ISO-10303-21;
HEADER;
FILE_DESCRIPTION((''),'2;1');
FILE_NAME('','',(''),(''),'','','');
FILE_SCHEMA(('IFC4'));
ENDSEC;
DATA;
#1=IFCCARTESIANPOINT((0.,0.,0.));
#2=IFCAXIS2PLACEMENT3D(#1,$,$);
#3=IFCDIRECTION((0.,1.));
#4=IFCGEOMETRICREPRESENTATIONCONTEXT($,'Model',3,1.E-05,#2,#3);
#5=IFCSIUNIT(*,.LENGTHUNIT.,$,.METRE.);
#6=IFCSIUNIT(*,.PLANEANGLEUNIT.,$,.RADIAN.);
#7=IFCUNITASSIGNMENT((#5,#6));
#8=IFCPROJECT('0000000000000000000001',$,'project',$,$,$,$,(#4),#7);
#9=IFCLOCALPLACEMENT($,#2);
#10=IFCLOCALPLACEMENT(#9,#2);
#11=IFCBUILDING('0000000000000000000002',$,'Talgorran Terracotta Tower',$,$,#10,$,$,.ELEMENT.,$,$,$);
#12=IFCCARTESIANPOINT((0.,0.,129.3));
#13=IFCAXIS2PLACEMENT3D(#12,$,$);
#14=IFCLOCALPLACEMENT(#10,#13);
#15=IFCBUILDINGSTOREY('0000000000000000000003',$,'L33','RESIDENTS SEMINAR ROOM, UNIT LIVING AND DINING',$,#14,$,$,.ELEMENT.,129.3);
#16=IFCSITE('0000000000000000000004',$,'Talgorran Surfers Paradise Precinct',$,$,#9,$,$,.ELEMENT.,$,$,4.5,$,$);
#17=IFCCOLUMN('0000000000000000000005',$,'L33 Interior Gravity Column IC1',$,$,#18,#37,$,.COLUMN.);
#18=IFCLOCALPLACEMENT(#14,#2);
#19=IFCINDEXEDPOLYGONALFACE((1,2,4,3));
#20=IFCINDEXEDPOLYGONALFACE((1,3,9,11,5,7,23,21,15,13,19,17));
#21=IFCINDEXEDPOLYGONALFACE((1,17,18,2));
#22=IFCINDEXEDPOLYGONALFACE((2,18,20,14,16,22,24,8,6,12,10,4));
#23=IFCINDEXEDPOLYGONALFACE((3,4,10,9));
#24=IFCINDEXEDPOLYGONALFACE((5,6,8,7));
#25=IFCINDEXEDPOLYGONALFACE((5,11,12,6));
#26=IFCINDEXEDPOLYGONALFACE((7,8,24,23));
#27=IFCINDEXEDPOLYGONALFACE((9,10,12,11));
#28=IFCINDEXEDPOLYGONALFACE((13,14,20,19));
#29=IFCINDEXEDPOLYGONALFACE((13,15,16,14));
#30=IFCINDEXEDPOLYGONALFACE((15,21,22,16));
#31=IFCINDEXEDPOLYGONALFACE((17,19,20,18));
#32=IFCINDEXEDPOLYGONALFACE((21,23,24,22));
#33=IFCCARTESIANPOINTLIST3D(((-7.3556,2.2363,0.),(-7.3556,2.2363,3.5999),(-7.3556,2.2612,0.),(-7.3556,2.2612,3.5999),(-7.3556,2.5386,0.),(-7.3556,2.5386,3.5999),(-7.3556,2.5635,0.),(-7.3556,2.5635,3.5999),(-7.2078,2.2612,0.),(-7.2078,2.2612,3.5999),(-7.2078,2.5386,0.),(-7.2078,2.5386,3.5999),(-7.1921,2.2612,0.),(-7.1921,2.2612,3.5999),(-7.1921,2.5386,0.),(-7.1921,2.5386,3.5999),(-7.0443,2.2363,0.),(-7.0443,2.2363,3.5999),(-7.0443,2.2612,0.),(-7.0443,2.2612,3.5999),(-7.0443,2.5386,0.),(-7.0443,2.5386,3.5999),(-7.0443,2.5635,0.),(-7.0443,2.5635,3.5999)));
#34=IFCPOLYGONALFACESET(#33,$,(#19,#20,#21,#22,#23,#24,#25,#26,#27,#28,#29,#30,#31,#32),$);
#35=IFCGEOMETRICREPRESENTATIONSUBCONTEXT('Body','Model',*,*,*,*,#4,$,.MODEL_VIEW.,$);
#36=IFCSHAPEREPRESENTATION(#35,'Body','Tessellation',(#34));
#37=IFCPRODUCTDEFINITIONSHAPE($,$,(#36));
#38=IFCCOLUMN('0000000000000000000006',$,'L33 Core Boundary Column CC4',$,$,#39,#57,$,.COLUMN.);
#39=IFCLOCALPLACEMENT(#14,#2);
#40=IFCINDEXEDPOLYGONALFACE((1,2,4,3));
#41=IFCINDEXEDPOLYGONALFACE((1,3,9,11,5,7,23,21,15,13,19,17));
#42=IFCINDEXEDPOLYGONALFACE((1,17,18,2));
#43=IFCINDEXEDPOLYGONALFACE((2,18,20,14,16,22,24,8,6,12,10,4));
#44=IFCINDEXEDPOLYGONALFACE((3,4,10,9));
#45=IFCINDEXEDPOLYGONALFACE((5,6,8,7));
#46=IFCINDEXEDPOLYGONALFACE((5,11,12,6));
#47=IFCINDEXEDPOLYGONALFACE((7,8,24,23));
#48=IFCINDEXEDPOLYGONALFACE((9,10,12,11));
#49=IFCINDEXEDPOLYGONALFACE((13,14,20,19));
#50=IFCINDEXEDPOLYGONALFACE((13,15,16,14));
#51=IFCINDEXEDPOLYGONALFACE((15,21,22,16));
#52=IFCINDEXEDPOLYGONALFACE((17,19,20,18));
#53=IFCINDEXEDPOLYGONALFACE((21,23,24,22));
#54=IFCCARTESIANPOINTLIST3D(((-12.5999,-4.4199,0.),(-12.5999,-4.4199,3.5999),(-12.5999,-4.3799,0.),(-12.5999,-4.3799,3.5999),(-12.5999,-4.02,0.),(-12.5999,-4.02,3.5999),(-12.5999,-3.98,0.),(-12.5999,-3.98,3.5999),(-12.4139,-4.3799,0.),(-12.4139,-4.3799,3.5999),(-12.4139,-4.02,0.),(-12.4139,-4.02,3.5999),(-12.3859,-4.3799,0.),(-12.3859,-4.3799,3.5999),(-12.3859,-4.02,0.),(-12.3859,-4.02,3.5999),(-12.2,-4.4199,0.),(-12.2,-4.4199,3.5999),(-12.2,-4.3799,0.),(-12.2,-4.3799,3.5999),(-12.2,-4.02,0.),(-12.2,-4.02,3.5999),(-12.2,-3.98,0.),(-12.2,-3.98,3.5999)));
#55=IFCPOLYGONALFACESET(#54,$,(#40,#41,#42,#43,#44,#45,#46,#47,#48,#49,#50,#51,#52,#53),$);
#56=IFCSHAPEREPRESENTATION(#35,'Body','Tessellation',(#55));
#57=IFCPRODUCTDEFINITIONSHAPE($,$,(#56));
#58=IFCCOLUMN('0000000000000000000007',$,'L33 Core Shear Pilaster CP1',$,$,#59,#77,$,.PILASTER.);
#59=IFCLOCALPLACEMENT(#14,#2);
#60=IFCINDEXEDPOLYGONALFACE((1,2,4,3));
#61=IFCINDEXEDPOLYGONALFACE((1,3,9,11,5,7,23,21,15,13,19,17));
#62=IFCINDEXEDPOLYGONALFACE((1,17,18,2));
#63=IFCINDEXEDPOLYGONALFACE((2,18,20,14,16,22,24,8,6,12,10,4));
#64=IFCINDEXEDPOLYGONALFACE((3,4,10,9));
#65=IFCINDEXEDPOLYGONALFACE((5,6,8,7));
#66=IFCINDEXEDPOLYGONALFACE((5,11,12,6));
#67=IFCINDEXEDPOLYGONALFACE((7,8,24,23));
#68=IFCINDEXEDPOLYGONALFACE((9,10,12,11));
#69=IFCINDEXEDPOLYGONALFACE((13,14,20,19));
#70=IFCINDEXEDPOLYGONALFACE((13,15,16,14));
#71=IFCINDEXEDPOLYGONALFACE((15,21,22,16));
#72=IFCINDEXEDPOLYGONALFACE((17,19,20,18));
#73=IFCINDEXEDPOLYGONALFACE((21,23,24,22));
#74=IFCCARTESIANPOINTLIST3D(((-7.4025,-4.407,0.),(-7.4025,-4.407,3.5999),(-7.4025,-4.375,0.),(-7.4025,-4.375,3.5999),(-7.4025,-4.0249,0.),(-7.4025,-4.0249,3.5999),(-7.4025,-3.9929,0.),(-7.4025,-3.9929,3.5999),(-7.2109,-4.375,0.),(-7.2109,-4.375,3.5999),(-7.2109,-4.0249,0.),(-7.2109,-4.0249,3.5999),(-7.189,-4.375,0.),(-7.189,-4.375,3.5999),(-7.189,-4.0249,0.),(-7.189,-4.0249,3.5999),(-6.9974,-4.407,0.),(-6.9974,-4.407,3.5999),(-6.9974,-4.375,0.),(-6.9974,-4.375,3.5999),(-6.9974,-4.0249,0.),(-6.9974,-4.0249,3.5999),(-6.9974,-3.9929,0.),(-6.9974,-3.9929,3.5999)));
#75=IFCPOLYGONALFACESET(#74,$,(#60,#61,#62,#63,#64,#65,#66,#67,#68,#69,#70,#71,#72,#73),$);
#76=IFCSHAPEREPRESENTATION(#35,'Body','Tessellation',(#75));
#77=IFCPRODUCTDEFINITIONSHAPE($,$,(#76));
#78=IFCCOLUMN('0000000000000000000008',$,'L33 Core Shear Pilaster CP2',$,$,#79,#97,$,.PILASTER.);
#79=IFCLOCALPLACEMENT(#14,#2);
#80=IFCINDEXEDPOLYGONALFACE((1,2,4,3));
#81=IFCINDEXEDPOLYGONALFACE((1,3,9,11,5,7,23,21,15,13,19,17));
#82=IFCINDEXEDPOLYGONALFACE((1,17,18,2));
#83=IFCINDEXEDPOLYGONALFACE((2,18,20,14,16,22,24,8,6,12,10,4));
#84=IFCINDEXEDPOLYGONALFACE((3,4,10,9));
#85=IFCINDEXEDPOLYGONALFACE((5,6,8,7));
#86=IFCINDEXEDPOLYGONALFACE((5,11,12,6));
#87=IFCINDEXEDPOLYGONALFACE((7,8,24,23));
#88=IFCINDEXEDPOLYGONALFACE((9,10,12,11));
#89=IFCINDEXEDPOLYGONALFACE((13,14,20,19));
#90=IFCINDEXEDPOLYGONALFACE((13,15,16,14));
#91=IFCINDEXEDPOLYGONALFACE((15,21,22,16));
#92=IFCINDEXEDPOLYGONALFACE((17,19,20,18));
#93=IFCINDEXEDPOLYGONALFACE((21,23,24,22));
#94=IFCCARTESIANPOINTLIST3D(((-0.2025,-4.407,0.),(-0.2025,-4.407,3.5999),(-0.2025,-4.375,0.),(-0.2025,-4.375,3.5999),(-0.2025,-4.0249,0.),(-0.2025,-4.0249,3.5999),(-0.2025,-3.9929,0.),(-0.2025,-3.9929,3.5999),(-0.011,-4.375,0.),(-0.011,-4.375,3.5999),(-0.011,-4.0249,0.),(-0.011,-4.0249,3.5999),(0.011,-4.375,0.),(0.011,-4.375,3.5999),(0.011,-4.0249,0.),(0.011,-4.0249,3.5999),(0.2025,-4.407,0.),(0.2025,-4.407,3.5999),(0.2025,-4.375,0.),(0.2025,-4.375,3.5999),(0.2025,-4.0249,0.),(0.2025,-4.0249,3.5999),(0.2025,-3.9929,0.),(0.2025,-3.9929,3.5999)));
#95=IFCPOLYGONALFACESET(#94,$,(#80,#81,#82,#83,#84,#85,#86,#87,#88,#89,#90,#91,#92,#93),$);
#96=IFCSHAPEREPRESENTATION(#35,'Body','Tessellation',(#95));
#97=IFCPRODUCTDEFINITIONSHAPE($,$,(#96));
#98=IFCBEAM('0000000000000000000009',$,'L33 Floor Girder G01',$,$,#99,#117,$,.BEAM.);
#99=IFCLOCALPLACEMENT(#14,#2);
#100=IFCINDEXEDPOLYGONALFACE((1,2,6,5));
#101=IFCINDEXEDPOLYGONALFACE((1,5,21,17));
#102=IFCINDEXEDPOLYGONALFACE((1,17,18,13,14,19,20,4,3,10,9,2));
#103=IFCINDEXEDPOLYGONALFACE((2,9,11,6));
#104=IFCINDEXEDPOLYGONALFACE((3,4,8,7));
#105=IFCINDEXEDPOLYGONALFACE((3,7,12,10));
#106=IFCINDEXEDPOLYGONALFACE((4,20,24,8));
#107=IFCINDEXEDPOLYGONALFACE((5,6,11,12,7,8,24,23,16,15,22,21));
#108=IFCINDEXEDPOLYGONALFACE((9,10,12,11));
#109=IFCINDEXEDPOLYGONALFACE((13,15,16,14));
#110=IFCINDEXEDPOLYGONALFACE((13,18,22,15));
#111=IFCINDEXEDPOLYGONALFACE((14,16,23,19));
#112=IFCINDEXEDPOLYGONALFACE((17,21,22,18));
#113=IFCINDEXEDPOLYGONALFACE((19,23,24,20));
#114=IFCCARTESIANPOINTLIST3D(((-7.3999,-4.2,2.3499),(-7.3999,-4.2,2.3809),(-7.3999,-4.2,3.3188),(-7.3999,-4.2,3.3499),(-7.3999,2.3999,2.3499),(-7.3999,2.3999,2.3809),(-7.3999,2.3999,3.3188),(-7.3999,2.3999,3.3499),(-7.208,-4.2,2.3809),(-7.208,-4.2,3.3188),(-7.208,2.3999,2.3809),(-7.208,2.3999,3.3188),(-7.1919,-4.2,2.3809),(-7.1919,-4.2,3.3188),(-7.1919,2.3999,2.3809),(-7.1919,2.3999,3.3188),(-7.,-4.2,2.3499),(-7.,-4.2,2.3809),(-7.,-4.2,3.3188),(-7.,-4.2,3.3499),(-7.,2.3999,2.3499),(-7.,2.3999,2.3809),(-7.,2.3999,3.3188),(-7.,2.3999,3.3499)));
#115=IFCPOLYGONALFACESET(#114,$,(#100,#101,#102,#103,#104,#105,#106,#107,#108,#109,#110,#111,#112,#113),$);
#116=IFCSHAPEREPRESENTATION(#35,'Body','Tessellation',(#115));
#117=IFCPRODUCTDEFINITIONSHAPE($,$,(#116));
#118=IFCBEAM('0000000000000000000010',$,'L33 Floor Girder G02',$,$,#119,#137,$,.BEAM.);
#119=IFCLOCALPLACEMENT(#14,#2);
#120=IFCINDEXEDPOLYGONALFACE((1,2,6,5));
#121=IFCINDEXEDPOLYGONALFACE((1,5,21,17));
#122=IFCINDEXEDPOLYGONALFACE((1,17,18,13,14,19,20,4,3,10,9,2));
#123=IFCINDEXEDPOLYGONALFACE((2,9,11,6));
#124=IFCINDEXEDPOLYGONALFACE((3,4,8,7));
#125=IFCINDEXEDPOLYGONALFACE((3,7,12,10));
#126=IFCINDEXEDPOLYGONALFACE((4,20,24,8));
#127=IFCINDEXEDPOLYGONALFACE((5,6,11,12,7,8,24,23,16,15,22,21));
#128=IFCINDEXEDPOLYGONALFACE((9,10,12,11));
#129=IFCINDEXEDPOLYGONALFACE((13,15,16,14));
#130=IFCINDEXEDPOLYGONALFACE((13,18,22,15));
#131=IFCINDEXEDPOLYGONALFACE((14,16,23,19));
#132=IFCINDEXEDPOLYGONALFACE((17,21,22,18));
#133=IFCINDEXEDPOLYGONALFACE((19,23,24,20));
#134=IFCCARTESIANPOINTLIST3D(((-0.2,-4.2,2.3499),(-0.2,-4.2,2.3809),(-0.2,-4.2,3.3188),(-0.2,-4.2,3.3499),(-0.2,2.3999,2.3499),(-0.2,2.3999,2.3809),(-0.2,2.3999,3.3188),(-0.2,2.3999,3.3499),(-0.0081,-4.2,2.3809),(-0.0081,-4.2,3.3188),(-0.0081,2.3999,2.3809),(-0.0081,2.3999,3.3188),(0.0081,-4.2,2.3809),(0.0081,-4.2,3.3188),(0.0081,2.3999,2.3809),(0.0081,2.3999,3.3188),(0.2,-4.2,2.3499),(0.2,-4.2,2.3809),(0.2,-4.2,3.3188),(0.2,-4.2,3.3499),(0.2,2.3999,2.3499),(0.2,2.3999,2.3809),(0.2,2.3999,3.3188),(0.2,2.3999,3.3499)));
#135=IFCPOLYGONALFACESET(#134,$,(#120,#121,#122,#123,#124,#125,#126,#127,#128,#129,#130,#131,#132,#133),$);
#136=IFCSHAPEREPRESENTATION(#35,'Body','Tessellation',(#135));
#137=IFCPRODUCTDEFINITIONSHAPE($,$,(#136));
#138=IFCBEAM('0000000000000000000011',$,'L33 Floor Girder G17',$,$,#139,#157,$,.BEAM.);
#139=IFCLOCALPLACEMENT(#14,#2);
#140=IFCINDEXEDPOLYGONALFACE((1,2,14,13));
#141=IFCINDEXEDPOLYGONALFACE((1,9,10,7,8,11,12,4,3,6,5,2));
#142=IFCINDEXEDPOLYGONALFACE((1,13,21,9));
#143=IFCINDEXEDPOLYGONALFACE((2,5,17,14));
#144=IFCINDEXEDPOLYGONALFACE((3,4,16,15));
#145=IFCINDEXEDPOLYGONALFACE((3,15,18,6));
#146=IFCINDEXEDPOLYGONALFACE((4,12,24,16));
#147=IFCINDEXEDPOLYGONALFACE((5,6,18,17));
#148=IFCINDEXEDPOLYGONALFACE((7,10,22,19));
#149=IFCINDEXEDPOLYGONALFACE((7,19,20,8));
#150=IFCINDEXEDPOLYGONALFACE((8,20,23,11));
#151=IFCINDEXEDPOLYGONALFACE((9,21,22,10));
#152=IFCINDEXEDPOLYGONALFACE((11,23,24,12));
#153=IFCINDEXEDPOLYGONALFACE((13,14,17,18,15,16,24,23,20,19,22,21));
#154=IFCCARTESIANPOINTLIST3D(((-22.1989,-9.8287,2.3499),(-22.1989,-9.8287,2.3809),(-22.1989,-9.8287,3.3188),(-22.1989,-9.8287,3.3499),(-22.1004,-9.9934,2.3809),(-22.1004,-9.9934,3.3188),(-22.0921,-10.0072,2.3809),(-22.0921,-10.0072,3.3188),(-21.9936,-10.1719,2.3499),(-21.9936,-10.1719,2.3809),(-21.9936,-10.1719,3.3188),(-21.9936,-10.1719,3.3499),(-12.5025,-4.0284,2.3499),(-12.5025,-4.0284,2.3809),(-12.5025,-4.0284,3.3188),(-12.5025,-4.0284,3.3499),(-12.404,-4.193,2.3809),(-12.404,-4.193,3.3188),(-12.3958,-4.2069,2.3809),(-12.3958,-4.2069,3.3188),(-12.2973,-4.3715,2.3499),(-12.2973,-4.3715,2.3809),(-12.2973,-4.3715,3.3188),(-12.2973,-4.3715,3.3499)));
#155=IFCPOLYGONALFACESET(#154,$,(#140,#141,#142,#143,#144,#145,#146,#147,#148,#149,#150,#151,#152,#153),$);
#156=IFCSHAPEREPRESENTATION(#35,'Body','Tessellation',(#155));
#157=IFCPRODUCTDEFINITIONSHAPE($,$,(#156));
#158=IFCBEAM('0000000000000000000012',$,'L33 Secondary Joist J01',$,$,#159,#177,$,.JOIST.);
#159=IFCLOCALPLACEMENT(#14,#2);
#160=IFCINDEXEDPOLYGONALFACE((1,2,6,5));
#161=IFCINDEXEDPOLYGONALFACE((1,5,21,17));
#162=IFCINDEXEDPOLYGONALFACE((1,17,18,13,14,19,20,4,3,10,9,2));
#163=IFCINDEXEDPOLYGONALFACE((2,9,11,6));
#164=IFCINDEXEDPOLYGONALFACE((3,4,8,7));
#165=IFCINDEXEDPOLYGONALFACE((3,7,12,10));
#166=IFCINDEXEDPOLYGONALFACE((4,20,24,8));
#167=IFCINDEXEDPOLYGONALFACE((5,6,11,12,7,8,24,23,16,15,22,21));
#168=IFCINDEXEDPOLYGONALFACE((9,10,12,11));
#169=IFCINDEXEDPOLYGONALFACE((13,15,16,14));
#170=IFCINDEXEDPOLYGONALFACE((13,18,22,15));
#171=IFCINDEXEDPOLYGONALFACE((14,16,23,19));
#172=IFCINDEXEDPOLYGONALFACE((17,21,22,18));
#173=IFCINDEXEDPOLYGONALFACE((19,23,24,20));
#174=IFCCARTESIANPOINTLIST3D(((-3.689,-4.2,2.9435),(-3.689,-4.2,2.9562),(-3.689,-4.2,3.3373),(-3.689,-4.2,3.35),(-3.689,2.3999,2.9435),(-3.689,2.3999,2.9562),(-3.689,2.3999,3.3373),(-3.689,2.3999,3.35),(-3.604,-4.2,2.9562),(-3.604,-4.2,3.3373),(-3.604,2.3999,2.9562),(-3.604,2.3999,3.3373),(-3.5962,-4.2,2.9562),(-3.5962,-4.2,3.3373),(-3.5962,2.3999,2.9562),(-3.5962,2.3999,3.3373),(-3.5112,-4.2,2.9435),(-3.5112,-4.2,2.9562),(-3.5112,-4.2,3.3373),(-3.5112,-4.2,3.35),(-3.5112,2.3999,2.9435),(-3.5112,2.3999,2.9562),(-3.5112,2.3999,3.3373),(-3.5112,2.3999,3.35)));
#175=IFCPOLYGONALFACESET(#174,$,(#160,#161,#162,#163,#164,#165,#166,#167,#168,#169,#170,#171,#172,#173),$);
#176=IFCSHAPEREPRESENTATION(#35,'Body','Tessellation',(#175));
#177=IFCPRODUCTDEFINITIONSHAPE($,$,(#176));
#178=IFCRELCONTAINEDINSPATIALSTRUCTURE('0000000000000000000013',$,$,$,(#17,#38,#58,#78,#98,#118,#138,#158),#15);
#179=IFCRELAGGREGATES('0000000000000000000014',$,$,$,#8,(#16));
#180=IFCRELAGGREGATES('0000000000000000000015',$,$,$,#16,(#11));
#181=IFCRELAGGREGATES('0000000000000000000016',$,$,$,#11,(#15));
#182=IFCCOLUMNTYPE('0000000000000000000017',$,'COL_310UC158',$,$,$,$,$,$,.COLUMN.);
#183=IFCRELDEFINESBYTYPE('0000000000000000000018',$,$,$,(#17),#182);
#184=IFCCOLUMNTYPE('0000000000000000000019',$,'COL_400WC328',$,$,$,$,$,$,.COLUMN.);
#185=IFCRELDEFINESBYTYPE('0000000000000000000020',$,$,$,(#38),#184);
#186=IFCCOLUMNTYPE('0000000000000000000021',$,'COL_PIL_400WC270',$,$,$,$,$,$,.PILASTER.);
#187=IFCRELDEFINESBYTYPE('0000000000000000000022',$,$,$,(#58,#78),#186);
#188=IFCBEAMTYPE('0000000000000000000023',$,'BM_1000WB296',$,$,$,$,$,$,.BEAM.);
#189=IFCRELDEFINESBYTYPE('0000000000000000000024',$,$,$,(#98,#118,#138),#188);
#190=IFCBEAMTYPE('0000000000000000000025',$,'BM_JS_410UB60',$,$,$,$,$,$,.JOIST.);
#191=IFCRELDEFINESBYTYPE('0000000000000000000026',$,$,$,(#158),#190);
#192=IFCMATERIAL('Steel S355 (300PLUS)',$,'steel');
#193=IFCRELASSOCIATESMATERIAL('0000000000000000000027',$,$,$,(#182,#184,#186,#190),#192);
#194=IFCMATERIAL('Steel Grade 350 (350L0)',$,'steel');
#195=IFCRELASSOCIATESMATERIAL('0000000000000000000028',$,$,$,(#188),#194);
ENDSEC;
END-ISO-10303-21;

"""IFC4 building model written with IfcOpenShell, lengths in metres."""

from ifc_helpers import new_model, si_unit, direction, frame, origin, origin_2d, place, context, subcontext, project, spatial, i_section, extrude, material, material_profile, profile_set, type_object, element, save


model = new_model("IFC4")

# Units and contexts
model_context = context("Model", 3, precision=1e-05, world=origin(), true_north=direction((0.0, 1.0)))
body_context = subcontext(model_context, "Body", "Model", "MODEL_VIEW")
ifc_project = project(units=[si_unit("LENGTHUNIT", "METRE"), si_unit("PLANEANGLEUNIT", "RADIAN")], contexts=[model_context])

# Site, building, storey
site_placement = place(None, origin())
site = spatial("IfcSite", under=ifc_project, at=site_placement, Name="Talgorran Surfers Paradise Precinct", CompositionType="ELEMENT", RefElevation=4.5)
building_placement = place(site_placement, origin())
building = spatial("IfcBuilding", under=site, at=building_placement, Name="Talgorran Terracotta Tower", CompositionType="ELEMENT")
storey_placement = place(building_placement, frame((0.0, 0.0, 129.3)))
storey = spatial("IfcBuildingStorey", under=building, at=storey_placement, Name="L33", Description="RESIDENTS SEMINAR ROOM, UNIT LIVING AND DINING", CompositionType="ELEMENT", Elevation=129.3)

# Columns
ifc_material_1 = material(Name="Steel S355 (300PLUS)", Category="steel")
ifc_material_profile_1 = material_profile(ifc_material_1, i_section(OverallWidth=0.3113, OverallDepth=0.3271, WebThickness=0.0156, FlangeThickness=0.0249, at=origin_2d()), Name="310UC158")
ifc_profile_set_1 = profile_set([ifc_material_profile_1], Name="Steel S355 (300PLUS)")
column_type_1 = type_object("IfcColumnType", Name="COL_310UC158", PredefinedType="COLUMN", material=ifc_profile_set_1)
column_1_placement = place(storey_placement, frame((-7.2, 2.3999, 0.0), z_axis=(0.0, 0.0, 1.0), x_axis=(1.0, 0.0, 0.0)))
element("IfcColumn", 1, at=column_1_placement, inside=storey, type_object=column_type_1, Name="L33 Interior Gravity Column IC1", PredefinedType="COLUMN", context=body_context, shape_type="SweptSolid", body=[
    extrude(i_section(OverallWidth=0.3113, OverallDepth=0.3271, WebThickness=0.0156, FlangeThickness=0.0249, at=origin_2d()), origin(), (0.0, 0.0, 1.0), 3.5999),
])
ifc_material_profile_2 = material_profile(ifc_material_1, i_section(OverallWidth=0.3999, OverallDepth=0.4399, WebThickness=0.0281, FlangeThickness=0.04, at=origin_2d()), Name="400WC328")
ifc_profile_set_2 = profile_set([ifc_material_profile_2], Name="Steel S355 (300PLUS)")
column_type_2 = type_object("IfcColumnType", Name="COL_400WC328", PredefinedType="COLUMN", material=ifc_profile_set_2)
column_2_placement = place(storey_placement, frame((-12.3999, -4.2, 0.0), z_axis=(0.0, 0.0, 1.0), x_axis=(1.0, 0.0, 0.0)))
element("IfcColumn", 2, at=column_2_placement, inside=storey, type_object=column_type_2, Name="L33 Core Boundary Column CC4", PredefinedType="COLUMN", context=body_context, shape_type="SweptSolid", body=[
    extrude(i_section(OverallWidth=0.3999, OverallDepth=0.4399, WebThickness=0.0281, FlangeThickness=0.04, at=origin_2d()), origin(), (0.0, 0.0, 1.0), 3.5999),
])
ifc_material_profile_3 = material_profile(ifc_material_1, i_section(OverallWidth=0.405, OverallDepth=0.4141, WebThickness=0.022, FlangeThickness=0.032, at=origin_2d()), Name="400WC270")
ifc_profile_set_3 = profile_set([ifc_material_profile_3], Name="Steel S355 (300PLUS)")
column_type_3 = type_object("IfcColumnType", Name="COL_PIL_400WC270", PredefinedType="PILASTER", material=ifc_profile_set_3)
for number, where, z_axis, x_axis, name in (
    (3, (-7.2, -4.2, 0.0), (0.0, 0.0, 1.0), (1.0, 0.0, 0.0), "L33 Core Shear Pilaster CP1"),
    (4, (0.0, -4.2, 0.0), (0.0, 0.0, 1.0), (1.0, 0.0, 0.0), "L33 Core Shear Pilaster CP2"),
):
    element("IfcColumn", number, at=place(storey_placement, frame(where, z_axis=z_axis, x_axis=x_axis)), inside=storey, type_object=column_type_3, Name=name, PredefinedType="PILASTER", context=body_context, shape_type="SweptSolid", body=[
        extrude(i_section(OverallWidth=0.405, OverallDepth=0.4141, WebThickness=0.022, FlangeThickness=0.032, at=origin_2d()), origin(), (0.0, 0.0, 1.0), 3.5999),
    ])

# Beams
ifc_material_2 = material(Name="Steel Grade 350 (350L0)", Category="steel")
ifc_material_profile_4 = material_profile(ifc_material_2, i_section(OverallWidth=0.3999, OverallDepth=1.0, WebThickness=0.0161, FlangeThickness=0.031, at=origin_2d()), Name="1000WB296")
ifc_profile_set_4 = profile_set([ifc_material_profile_4], Name="Steel Grade 350 (350L0)")
beam_type_1 = type_object("IfcBeamType", Name="BM_1000WB296", PredefinedType="BEAM", material=ifc_profile_set_4)
for number, where, z_axis, x_axis, name in (
    (5, (-7.2, -4.2, 2.8499), (0.0, 1.0, 0.0), (-1.0, 0.0, 0.0), "L33 Floor Girder G01"),
    (6, (0.0, -4.2, 2.8499), (0.0, 1.0, 0.0), (-1.0, 0.0, 0.0), "L33 Floor Girder G02"),
):
    element("IfcBeam", number, at=place(storey_placement, frame(where, z_axis=z_axis, x_axis=x_axis)), inside=storey, type_object=beam_type_1, Name=name, PredefinedType="BEAM", context=body_context, shape_type="SweptSolid", body=[
        extrude(i_section(OverallWidth=0.3999, OverallDepth=1.0, WebThickness=0.0161, FlangeThickness=0.031, at=origin_2d()), origin(), (0.0, 0.0, 1.0), 6.5999),
    ])
beam_1_placement = place(storey_placement, frame((-12.3999, -4.2, 2.8499), z_axis=(-0.858175, -0.513358, 0.0), x_axis=(0.513358, -0.858175, 0.0)))
element("IfcBeam", 7, at=beam_1_placement, inside=storey, type_object=beam_type_1, Name="L33 Floor Girder G17", PredefinedType="BEAM", context=body_context, shape_type="SweptSolid", body=[
    extrude(i_section(OverallWidth=0.3999, OverallDepth=1.0, WebThickness=0.0161, FlangeThickness=0.031, at=origin_2d()), origin(), (0.0, 0.0, 1.0), 11.2988),
])
ifc_material_profile_5 = material_profile(ifc_material_1, i_section(OverallWidth=0.1777, OverallDepth=0.4065, WebThickness=0.0078, FlangeThickness=0.0127, at=origin_2d()), Name="410UB59.7")
ifc_profile_set_5 = profile_set([ifc_material_profile_5], Name="Steel S355 (300PLUS)")
beam_type_2 = type_object("IfcBeamType", Name="BM_JS_410UB60", PredefinedType="JOIST", material=ifc_profile_set_5)
beam_2_placement = place(storey_placement, frame((-3.6001, -4.2, 3.1467), z_axis=(0.0, 1.0, 0.0), x_axis=(-1.0, 0.0, 0.0)))
element("IfcBeam", 8, at=beam_2_placement, inside=storey, type_object=beam_type_2, Name="L33 Secondary Joist J01", PredefinedType="JOIST", context=body_context, shape_type="SweptSolid", body=[
    extrude(i_section(OverallWidth=0.1777, OverallDepth=0.4065, WebThickness=0.0078, FlangeThickness=0.0127, at=origin_2d()), origin(), (0.0, 0.0, 1.0), 6.5999),
])

save(model, "model.ifc")
